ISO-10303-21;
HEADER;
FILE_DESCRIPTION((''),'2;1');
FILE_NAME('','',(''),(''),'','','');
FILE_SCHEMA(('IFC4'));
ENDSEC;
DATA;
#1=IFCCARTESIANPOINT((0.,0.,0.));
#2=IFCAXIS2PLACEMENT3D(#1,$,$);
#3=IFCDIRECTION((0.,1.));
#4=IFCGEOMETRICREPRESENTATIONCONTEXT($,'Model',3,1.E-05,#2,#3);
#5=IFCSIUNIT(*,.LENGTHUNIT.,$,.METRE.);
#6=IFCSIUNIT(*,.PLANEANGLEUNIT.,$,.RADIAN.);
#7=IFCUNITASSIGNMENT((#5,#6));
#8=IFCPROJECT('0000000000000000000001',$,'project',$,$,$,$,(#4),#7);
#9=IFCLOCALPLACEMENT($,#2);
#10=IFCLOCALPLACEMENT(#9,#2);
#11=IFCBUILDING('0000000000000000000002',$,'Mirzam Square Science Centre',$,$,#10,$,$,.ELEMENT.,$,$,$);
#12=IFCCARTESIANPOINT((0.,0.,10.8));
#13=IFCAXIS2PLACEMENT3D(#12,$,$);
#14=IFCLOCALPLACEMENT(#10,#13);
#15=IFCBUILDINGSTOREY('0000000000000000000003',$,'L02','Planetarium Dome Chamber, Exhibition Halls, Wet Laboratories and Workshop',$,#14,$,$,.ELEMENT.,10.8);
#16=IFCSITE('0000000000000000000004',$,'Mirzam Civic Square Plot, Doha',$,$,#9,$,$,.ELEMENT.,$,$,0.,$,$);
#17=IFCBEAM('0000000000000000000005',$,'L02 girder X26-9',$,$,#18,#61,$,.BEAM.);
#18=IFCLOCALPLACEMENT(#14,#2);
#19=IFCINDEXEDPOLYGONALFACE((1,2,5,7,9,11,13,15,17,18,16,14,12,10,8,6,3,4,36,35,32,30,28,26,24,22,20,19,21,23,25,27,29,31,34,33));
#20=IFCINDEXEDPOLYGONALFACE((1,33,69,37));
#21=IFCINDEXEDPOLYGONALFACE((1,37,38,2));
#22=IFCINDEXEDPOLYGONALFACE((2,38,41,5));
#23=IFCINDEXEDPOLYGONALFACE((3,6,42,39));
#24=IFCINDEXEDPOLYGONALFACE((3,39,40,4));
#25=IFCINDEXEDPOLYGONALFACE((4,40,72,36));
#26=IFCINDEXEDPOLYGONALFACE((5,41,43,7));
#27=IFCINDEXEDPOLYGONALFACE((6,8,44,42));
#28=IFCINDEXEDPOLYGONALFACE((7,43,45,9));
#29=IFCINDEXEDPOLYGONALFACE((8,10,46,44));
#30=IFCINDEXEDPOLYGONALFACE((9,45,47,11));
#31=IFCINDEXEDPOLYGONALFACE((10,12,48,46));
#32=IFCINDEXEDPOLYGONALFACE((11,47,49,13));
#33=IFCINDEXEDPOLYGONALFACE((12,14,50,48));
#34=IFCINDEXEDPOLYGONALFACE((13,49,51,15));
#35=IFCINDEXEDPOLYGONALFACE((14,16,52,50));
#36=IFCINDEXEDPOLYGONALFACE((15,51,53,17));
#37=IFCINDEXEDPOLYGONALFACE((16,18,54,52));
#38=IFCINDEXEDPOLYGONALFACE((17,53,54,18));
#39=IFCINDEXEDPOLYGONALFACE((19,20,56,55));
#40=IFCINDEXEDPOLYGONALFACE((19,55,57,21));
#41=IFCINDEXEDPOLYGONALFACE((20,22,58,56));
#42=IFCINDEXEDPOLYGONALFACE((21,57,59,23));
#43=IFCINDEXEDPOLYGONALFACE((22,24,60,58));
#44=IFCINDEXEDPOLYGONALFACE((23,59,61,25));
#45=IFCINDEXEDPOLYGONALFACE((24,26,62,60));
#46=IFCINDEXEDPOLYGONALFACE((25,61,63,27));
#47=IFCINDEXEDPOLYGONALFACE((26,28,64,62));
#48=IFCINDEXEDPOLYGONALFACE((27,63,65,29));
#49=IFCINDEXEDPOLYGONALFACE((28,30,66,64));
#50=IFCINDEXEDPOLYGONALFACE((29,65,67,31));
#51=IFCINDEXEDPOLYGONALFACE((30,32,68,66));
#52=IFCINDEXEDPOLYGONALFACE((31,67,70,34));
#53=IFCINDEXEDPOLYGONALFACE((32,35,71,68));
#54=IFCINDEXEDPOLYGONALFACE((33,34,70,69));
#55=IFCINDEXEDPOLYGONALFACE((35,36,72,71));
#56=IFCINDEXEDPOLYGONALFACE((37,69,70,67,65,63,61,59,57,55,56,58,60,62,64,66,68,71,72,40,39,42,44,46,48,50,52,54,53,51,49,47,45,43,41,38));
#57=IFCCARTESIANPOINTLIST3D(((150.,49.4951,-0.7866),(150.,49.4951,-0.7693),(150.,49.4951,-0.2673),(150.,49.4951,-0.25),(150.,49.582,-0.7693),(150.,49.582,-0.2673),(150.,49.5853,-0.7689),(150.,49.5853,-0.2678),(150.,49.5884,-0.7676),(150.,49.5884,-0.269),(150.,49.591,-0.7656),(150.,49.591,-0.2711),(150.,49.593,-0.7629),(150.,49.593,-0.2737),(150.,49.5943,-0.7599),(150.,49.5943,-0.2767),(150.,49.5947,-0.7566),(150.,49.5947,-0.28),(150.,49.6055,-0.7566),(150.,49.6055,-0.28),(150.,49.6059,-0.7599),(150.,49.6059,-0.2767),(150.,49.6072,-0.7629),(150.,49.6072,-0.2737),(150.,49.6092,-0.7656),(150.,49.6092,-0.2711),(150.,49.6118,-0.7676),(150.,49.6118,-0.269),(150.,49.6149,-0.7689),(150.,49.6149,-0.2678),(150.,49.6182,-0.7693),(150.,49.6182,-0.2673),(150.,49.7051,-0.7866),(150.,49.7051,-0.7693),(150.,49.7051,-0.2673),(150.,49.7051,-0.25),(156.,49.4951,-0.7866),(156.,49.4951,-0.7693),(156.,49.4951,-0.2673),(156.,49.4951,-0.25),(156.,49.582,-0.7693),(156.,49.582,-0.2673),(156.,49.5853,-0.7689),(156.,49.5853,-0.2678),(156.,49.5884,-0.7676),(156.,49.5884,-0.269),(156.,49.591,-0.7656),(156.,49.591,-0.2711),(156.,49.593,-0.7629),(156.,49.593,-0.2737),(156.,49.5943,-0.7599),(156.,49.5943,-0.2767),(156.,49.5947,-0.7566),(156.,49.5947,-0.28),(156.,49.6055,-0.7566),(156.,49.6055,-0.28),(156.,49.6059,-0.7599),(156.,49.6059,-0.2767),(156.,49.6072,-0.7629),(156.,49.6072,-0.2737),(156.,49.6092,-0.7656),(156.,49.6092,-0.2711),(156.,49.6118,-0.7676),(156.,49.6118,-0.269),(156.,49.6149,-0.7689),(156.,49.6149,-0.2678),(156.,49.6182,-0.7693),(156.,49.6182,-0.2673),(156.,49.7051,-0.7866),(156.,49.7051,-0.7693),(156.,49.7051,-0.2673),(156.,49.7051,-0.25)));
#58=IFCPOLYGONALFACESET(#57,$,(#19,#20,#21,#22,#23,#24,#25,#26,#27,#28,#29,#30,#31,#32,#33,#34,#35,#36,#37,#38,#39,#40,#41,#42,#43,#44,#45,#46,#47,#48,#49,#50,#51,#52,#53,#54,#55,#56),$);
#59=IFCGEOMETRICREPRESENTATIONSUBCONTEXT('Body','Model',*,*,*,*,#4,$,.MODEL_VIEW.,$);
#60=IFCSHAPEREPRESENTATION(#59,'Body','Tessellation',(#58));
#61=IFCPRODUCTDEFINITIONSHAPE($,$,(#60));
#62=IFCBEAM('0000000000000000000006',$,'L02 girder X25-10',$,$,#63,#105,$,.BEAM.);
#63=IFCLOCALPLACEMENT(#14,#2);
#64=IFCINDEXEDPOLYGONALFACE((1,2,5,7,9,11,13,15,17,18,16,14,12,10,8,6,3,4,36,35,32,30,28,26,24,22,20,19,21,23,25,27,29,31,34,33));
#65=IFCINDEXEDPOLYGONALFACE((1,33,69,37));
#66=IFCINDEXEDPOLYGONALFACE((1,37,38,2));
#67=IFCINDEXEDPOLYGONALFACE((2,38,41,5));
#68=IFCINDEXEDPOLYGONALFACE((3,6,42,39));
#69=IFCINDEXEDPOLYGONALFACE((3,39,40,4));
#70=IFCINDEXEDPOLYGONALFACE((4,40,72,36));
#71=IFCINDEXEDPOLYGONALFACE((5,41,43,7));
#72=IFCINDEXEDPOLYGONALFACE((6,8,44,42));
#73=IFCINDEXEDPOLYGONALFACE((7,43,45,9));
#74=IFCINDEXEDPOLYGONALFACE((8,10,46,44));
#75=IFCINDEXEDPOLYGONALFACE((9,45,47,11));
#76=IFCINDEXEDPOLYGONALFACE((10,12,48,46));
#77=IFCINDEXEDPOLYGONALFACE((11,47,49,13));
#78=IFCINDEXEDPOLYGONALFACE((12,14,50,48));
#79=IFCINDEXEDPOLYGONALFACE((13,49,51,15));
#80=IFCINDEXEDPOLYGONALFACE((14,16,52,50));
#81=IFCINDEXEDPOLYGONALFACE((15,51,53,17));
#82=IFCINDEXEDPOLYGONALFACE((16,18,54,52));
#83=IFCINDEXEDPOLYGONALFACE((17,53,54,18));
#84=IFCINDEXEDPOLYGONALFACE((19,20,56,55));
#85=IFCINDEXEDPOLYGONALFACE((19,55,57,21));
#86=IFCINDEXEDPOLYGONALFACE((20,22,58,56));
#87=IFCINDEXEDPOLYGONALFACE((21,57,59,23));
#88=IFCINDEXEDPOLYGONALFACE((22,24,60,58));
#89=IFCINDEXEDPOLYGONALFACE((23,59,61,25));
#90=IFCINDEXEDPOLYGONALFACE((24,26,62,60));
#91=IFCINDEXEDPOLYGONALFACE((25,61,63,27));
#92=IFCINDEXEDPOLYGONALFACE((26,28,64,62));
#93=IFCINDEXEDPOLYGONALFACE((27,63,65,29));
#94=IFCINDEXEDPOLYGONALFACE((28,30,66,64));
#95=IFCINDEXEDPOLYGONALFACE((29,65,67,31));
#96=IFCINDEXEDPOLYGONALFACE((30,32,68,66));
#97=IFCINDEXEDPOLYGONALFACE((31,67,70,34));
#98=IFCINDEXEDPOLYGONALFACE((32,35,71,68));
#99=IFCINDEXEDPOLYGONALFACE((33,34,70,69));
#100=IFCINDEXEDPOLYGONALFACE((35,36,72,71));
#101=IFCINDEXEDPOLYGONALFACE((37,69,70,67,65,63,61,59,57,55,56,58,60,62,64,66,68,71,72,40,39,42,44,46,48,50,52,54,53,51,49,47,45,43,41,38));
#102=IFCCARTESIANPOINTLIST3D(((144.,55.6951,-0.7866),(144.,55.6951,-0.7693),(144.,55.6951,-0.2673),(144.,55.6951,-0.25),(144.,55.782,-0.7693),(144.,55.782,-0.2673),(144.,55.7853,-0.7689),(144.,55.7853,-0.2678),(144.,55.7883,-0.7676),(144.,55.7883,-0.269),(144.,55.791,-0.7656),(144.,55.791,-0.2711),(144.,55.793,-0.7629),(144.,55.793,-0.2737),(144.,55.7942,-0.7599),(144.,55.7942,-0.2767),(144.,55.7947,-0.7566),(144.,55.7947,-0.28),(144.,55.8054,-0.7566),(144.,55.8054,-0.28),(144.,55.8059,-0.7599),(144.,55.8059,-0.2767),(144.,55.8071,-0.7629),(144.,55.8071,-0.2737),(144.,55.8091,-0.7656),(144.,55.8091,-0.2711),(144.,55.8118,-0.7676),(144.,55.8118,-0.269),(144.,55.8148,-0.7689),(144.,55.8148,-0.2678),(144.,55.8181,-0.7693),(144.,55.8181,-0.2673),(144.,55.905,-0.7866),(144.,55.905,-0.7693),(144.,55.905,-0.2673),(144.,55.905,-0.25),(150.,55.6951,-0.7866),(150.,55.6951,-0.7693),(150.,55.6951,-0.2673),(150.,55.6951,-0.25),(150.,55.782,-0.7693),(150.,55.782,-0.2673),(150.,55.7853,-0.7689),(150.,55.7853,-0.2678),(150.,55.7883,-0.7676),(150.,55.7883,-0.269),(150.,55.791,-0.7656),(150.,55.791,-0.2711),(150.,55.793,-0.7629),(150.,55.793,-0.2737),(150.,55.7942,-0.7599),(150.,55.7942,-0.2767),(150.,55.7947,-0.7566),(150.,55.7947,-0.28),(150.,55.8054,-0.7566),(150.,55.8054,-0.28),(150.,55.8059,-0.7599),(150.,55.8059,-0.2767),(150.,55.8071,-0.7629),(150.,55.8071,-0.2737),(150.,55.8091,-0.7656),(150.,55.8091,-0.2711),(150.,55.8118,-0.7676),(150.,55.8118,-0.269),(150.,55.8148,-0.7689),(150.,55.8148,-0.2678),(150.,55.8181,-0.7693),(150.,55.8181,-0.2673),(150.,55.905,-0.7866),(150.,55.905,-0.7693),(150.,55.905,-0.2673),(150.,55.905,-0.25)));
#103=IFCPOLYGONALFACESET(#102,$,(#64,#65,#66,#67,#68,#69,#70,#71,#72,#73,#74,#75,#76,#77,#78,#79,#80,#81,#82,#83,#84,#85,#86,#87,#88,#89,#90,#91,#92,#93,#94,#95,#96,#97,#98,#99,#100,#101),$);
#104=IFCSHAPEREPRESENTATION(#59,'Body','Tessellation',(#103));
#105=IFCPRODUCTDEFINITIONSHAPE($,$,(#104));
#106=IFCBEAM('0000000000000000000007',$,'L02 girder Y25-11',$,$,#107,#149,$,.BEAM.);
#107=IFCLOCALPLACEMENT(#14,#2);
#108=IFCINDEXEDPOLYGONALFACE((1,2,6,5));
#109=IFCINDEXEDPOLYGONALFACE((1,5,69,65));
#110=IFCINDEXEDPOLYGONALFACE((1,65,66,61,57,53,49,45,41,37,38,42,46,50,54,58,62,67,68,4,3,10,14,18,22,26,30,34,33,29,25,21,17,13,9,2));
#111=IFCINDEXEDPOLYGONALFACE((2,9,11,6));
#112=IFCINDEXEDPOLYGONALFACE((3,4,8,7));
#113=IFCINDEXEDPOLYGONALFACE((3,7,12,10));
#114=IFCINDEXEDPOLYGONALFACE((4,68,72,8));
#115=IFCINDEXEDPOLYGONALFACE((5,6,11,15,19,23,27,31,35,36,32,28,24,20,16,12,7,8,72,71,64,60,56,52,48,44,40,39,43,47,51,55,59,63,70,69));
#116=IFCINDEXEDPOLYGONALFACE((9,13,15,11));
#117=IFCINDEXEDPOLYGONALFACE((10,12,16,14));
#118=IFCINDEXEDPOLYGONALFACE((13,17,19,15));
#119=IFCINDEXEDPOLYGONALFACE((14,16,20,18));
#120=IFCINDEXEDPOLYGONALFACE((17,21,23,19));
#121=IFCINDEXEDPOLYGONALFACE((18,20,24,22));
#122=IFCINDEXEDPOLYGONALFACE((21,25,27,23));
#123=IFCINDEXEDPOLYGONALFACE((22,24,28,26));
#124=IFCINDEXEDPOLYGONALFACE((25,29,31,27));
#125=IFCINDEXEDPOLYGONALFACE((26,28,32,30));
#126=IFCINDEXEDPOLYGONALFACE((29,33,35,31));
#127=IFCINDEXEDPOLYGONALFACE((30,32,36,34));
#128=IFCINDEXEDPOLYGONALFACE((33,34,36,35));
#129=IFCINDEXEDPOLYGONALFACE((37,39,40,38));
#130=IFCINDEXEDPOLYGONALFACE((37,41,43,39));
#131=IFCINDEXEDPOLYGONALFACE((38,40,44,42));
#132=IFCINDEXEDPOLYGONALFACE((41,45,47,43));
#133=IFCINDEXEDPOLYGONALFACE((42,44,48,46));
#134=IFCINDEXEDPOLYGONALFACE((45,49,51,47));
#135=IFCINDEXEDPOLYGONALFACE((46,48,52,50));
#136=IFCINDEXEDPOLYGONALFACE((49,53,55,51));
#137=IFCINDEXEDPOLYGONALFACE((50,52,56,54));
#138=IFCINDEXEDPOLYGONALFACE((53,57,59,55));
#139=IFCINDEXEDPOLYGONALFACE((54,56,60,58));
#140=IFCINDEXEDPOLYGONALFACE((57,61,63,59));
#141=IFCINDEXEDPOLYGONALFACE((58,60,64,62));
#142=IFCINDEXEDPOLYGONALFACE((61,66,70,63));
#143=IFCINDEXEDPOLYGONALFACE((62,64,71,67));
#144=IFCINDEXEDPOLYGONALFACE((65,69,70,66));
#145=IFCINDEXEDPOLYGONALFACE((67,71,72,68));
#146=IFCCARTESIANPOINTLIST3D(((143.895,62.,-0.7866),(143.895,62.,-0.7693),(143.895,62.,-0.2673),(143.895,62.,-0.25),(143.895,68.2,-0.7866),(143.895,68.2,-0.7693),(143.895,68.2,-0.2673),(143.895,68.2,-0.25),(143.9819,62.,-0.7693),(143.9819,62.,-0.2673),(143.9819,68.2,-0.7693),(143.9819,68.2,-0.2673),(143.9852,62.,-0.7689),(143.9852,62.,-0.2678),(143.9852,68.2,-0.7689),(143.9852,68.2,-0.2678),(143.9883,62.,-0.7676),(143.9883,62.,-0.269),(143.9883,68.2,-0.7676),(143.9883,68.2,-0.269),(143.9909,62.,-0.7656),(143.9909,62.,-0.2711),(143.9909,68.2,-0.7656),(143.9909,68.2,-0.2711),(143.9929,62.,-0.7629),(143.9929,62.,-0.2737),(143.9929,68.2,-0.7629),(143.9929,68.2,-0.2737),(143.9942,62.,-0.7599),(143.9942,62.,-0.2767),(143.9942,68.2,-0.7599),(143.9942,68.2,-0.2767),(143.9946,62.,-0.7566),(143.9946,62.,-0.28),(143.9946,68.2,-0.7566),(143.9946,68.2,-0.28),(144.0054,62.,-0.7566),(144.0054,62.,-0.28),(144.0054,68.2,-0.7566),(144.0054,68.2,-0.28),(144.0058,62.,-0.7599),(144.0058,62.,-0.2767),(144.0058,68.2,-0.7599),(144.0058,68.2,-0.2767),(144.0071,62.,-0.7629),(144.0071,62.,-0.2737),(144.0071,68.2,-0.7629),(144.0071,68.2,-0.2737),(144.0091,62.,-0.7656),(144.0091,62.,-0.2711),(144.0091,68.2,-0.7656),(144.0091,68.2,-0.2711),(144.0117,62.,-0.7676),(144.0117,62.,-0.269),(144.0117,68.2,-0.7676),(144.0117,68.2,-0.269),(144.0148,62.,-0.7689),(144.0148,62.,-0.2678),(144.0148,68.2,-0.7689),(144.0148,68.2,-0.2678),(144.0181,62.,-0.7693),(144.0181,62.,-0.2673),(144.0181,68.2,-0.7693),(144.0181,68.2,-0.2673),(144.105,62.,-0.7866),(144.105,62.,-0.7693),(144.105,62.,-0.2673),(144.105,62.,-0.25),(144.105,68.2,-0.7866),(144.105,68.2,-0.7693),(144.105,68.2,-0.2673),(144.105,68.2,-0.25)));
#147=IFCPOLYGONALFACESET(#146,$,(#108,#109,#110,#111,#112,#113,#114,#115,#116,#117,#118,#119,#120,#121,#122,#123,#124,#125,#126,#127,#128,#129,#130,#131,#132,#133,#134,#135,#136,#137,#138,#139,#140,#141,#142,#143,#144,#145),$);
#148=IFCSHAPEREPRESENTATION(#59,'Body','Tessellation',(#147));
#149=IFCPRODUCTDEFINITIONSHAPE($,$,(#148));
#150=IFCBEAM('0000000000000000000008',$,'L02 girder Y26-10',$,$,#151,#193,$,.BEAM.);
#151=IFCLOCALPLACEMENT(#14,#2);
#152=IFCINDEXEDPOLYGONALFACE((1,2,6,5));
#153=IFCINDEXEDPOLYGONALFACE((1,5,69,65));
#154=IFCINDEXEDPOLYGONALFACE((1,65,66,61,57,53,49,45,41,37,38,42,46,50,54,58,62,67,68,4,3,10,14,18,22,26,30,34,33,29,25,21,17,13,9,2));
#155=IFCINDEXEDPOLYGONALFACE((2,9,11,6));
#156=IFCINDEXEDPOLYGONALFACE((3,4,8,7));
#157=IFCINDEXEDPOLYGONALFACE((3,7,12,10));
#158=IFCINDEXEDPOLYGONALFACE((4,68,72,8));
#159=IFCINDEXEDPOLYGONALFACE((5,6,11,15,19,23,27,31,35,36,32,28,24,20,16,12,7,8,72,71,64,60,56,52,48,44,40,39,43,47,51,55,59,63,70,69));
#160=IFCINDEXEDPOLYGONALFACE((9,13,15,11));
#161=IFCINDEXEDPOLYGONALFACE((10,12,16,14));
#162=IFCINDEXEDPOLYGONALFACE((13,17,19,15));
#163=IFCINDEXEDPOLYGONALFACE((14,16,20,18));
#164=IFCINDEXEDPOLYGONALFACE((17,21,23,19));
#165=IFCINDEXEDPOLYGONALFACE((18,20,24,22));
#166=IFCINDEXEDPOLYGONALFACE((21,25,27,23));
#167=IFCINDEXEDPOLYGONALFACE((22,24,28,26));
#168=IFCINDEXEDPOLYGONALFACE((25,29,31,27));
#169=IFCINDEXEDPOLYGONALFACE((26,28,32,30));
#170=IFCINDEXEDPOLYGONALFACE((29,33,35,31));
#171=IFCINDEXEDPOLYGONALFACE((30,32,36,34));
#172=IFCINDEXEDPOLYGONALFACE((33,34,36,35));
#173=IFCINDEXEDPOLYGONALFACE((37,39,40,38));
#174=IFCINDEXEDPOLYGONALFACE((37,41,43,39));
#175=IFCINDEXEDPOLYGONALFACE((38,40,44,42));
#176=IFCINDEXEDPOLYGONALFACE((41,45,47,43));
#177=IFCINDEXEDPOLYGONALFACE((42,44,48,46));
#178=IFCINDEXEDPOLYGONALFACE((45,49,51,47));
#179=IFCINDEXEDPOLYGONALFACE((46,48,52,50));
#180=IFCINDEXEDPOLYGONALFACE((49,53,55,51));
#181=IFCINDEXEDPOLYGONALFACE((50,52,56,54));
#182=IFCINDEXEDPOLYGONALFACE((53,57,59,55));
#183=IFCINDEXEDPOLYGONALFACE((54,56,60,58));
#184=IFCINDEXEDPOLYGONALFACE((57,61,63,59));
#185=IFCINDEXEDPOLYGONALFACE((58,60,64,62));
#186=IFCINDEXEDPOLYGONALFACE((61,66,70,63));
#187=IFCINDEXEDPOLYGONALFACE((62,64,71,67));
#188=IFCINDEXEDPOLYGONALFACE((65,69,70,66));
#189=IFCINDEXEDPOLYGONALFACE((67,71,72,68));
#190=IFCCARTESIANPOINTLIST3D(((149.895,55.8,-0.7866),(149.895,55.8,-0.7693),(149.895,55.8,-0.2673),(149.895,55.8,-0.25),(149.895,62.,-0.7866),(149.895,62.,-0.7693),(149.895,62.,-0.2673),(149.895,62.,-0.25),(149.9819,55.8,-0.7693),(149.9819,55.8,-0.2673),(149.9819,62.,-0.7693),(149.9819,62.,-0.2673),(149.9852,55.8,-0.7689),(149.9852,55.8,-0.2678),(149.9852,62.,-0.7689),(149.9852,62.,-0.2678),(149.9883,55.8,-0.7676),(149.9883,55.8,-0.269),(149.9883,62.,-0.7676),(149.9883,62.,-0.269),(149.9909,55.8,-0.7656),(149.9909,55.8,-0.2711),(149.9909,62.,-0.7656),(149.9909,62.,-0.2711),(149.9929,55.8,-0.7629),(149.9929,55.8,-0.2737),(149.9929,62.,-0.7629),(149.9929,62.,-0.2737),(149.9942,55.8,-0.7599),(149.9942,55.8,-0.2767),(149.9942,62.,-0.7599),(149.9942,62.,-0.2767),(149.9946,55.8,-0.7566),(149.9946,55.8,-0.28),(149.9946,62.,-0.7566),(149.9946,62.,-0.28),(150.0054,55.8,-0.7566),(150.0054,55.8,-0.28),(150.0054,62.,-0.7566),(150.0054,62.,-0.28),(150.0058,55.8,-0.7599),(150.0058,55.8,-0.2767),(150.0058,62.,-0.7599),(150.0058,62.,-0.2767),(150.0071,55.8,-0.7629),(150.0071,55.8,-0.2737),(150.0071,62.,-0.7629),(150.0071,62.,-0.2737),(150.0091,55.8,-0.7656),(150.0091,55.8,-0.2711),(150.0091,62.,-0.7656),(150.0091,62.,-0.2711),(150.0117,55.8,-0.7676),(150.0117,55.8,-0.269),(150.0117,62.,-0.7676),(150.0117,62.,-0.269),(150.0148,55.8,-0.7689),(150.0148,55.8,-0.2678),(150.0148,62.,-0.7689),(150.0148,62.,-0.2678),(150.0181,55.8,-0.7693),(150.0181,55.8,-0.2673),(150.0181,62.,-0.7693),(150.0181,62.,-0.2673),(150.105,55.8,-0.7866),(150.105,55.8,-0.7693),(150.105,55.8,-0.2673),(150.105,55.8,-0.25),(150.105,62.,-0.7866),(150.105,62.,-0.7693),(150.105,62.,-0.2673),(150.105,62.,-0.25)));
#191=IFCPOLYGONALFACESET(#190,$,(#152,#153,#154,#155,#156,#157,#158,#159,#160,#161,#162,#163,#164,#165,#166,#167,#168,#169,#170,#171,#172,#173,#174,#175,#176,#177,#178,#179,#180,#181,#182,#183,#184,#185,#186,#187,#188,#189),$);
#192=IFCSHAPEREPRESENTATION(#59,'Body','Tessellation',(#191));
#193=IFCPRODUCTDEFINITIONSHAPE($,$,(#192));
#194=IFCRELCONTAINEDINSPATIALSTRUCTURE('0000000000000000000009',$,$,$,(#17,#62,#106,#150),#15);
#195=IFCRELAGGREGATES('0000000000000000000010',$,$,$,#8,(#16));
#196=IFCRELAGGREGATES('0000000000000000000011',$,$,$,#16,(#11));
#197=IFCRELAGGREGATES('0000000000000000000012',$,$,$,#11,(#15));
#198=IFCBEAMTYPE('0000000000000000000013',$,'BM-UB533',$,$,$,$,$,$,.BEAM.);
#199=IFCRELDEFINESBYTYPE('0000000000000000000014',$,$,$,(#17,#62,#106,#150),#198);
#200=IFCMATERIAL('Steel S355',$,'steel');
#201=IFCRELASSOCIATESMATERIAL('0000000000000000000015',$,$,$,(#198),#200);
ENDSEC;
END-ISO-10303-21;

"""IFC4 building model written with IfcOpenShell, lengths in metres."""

from ifc_helpers import new_model, si_unit, direction, frame, origin, origin_2d, place, context, subcontext, project, spatial, i_section, extrude, material, material_profile, profile_set, type_object, element, save


model = new_model("IFC4")

# Units and contexts
model_context = context("Model", 3, precision=1e-05, world=origin(), true_north=direction((0.0, 1.0)))
body_context = subcontext(model_context, "Body", "Model", "MODEL_VIEW")
ifc_project = project(units=[si_unit("LENGTHUNIT", "METRE"), si_unit("PLANEANGLEUNIT", "RADIAN")], contexts=[model_context])

# Site, building, storey
site_placement = place(None, origin())
site = spatial("IfcSite", under=ifc_project, at=site_placement, Name="Mirzam Civic Square Plot, Doha", CompositionType="ELEMENT", RefElevation=0.0)
building_placement = place(site_placement, origin())
building = spatial("IfcBuilding", under=site, at=building_placement, Name="Mirzam Square Science Centre", CompositionType="ELEMENT")
storey_placement = place(building_placement, frame((0.0, 0.0, 10.8)))
storey = spatial("IfcBuildingStorey", under=building, at=storey_placement, Name="L02", Description="Planetarium Dome Chamber, Exhibition Halls, Wet Laboratories and Workshop", CompositionType="ELEMENT", Elevation=10.8)

# Shared definitions
ifc_material_1 = material(Name="Steel S355", Category="steel")

# Beams
ifc_material_profile_1 = material_profile(ifc_material_1, i_section(OverallWidth=0.21, OverallDepth=0.5366, WebThickness=0.0107, FlangeThickness=0.0173, FilletRadius=0.0127, at=origin_2d()), Name="533x210x101UB")
ifc_profile_set_1 = profile_set([ifc_material_profile_1], Name="Steel S355")
beam_type_1 = type_object("IfcBeamType", Name="BM-UB533", PredefinedType="BEAM", material=ifc_profile_set_1)
for number, where, z_axis, x_axis, name in (
    (1, (150.0, 49.6001, -0.5183), (1.0, 0.0, 0.0), (0.0, 1.0, 0.0), "L02 girder X26-9"),
    (2, (144.0, 55.8, -0.5183), (1.0, 0.0, 0.0), (0.0, 1.0, 0.0), "L02 girder X25-10"),
):
    element("IfcBeam", number, at=place(storey_placement, frame(where, z_axis=z_axis, x_axis=x_axis)), inside=storey, type_object=beam_type_1, Name=name, PredefinedType="BEAM", context=body_context, shape_type="SweptSolid", body=[
        extrude(i_section(OverallWidth=0.21, OverallDepth=0.5366, WebThickness=0.0107, FlangeThickness=0.0173, FilletRadius=0.0127, at=origin_2d()), origin(), (0.0, 0.0, 1.0), 6.0),
    ])
for number, where, z_axis, x_axis, name in (
    (3, (144.0, 62.0, -0.5183), (0.0, 1.0, 0.0), (-1.0, 0.0, 0.0), "L02 girder Y25-11"),
    (4, (150.0, 55.8, -0.5183), (0.0, 1.0, 0.0), (-1.0, 0.0, 0.0), "L02 girder Y26-10"),
):
    element("IfcBeam", number, at=place(storey_placement, frame(where, z_axis=z_axis, x_axis=x_axis)), inside=storey, type_object=beam_type_1, Name=name, PredefinedType="BEAM", context=body_context, shape_type="SweptSolid", body=[
        extrude(i_section(OverallWidth=0.21, OverallDepth=0.5366, WebThickness=0.0107, FlangeThickness=0.0173, FilletRadius=0.0127, at=origin_2d()), origin(), (0.0, 0.0, 1.0), 6.2),
    ])

save(model, "model.ifc")
